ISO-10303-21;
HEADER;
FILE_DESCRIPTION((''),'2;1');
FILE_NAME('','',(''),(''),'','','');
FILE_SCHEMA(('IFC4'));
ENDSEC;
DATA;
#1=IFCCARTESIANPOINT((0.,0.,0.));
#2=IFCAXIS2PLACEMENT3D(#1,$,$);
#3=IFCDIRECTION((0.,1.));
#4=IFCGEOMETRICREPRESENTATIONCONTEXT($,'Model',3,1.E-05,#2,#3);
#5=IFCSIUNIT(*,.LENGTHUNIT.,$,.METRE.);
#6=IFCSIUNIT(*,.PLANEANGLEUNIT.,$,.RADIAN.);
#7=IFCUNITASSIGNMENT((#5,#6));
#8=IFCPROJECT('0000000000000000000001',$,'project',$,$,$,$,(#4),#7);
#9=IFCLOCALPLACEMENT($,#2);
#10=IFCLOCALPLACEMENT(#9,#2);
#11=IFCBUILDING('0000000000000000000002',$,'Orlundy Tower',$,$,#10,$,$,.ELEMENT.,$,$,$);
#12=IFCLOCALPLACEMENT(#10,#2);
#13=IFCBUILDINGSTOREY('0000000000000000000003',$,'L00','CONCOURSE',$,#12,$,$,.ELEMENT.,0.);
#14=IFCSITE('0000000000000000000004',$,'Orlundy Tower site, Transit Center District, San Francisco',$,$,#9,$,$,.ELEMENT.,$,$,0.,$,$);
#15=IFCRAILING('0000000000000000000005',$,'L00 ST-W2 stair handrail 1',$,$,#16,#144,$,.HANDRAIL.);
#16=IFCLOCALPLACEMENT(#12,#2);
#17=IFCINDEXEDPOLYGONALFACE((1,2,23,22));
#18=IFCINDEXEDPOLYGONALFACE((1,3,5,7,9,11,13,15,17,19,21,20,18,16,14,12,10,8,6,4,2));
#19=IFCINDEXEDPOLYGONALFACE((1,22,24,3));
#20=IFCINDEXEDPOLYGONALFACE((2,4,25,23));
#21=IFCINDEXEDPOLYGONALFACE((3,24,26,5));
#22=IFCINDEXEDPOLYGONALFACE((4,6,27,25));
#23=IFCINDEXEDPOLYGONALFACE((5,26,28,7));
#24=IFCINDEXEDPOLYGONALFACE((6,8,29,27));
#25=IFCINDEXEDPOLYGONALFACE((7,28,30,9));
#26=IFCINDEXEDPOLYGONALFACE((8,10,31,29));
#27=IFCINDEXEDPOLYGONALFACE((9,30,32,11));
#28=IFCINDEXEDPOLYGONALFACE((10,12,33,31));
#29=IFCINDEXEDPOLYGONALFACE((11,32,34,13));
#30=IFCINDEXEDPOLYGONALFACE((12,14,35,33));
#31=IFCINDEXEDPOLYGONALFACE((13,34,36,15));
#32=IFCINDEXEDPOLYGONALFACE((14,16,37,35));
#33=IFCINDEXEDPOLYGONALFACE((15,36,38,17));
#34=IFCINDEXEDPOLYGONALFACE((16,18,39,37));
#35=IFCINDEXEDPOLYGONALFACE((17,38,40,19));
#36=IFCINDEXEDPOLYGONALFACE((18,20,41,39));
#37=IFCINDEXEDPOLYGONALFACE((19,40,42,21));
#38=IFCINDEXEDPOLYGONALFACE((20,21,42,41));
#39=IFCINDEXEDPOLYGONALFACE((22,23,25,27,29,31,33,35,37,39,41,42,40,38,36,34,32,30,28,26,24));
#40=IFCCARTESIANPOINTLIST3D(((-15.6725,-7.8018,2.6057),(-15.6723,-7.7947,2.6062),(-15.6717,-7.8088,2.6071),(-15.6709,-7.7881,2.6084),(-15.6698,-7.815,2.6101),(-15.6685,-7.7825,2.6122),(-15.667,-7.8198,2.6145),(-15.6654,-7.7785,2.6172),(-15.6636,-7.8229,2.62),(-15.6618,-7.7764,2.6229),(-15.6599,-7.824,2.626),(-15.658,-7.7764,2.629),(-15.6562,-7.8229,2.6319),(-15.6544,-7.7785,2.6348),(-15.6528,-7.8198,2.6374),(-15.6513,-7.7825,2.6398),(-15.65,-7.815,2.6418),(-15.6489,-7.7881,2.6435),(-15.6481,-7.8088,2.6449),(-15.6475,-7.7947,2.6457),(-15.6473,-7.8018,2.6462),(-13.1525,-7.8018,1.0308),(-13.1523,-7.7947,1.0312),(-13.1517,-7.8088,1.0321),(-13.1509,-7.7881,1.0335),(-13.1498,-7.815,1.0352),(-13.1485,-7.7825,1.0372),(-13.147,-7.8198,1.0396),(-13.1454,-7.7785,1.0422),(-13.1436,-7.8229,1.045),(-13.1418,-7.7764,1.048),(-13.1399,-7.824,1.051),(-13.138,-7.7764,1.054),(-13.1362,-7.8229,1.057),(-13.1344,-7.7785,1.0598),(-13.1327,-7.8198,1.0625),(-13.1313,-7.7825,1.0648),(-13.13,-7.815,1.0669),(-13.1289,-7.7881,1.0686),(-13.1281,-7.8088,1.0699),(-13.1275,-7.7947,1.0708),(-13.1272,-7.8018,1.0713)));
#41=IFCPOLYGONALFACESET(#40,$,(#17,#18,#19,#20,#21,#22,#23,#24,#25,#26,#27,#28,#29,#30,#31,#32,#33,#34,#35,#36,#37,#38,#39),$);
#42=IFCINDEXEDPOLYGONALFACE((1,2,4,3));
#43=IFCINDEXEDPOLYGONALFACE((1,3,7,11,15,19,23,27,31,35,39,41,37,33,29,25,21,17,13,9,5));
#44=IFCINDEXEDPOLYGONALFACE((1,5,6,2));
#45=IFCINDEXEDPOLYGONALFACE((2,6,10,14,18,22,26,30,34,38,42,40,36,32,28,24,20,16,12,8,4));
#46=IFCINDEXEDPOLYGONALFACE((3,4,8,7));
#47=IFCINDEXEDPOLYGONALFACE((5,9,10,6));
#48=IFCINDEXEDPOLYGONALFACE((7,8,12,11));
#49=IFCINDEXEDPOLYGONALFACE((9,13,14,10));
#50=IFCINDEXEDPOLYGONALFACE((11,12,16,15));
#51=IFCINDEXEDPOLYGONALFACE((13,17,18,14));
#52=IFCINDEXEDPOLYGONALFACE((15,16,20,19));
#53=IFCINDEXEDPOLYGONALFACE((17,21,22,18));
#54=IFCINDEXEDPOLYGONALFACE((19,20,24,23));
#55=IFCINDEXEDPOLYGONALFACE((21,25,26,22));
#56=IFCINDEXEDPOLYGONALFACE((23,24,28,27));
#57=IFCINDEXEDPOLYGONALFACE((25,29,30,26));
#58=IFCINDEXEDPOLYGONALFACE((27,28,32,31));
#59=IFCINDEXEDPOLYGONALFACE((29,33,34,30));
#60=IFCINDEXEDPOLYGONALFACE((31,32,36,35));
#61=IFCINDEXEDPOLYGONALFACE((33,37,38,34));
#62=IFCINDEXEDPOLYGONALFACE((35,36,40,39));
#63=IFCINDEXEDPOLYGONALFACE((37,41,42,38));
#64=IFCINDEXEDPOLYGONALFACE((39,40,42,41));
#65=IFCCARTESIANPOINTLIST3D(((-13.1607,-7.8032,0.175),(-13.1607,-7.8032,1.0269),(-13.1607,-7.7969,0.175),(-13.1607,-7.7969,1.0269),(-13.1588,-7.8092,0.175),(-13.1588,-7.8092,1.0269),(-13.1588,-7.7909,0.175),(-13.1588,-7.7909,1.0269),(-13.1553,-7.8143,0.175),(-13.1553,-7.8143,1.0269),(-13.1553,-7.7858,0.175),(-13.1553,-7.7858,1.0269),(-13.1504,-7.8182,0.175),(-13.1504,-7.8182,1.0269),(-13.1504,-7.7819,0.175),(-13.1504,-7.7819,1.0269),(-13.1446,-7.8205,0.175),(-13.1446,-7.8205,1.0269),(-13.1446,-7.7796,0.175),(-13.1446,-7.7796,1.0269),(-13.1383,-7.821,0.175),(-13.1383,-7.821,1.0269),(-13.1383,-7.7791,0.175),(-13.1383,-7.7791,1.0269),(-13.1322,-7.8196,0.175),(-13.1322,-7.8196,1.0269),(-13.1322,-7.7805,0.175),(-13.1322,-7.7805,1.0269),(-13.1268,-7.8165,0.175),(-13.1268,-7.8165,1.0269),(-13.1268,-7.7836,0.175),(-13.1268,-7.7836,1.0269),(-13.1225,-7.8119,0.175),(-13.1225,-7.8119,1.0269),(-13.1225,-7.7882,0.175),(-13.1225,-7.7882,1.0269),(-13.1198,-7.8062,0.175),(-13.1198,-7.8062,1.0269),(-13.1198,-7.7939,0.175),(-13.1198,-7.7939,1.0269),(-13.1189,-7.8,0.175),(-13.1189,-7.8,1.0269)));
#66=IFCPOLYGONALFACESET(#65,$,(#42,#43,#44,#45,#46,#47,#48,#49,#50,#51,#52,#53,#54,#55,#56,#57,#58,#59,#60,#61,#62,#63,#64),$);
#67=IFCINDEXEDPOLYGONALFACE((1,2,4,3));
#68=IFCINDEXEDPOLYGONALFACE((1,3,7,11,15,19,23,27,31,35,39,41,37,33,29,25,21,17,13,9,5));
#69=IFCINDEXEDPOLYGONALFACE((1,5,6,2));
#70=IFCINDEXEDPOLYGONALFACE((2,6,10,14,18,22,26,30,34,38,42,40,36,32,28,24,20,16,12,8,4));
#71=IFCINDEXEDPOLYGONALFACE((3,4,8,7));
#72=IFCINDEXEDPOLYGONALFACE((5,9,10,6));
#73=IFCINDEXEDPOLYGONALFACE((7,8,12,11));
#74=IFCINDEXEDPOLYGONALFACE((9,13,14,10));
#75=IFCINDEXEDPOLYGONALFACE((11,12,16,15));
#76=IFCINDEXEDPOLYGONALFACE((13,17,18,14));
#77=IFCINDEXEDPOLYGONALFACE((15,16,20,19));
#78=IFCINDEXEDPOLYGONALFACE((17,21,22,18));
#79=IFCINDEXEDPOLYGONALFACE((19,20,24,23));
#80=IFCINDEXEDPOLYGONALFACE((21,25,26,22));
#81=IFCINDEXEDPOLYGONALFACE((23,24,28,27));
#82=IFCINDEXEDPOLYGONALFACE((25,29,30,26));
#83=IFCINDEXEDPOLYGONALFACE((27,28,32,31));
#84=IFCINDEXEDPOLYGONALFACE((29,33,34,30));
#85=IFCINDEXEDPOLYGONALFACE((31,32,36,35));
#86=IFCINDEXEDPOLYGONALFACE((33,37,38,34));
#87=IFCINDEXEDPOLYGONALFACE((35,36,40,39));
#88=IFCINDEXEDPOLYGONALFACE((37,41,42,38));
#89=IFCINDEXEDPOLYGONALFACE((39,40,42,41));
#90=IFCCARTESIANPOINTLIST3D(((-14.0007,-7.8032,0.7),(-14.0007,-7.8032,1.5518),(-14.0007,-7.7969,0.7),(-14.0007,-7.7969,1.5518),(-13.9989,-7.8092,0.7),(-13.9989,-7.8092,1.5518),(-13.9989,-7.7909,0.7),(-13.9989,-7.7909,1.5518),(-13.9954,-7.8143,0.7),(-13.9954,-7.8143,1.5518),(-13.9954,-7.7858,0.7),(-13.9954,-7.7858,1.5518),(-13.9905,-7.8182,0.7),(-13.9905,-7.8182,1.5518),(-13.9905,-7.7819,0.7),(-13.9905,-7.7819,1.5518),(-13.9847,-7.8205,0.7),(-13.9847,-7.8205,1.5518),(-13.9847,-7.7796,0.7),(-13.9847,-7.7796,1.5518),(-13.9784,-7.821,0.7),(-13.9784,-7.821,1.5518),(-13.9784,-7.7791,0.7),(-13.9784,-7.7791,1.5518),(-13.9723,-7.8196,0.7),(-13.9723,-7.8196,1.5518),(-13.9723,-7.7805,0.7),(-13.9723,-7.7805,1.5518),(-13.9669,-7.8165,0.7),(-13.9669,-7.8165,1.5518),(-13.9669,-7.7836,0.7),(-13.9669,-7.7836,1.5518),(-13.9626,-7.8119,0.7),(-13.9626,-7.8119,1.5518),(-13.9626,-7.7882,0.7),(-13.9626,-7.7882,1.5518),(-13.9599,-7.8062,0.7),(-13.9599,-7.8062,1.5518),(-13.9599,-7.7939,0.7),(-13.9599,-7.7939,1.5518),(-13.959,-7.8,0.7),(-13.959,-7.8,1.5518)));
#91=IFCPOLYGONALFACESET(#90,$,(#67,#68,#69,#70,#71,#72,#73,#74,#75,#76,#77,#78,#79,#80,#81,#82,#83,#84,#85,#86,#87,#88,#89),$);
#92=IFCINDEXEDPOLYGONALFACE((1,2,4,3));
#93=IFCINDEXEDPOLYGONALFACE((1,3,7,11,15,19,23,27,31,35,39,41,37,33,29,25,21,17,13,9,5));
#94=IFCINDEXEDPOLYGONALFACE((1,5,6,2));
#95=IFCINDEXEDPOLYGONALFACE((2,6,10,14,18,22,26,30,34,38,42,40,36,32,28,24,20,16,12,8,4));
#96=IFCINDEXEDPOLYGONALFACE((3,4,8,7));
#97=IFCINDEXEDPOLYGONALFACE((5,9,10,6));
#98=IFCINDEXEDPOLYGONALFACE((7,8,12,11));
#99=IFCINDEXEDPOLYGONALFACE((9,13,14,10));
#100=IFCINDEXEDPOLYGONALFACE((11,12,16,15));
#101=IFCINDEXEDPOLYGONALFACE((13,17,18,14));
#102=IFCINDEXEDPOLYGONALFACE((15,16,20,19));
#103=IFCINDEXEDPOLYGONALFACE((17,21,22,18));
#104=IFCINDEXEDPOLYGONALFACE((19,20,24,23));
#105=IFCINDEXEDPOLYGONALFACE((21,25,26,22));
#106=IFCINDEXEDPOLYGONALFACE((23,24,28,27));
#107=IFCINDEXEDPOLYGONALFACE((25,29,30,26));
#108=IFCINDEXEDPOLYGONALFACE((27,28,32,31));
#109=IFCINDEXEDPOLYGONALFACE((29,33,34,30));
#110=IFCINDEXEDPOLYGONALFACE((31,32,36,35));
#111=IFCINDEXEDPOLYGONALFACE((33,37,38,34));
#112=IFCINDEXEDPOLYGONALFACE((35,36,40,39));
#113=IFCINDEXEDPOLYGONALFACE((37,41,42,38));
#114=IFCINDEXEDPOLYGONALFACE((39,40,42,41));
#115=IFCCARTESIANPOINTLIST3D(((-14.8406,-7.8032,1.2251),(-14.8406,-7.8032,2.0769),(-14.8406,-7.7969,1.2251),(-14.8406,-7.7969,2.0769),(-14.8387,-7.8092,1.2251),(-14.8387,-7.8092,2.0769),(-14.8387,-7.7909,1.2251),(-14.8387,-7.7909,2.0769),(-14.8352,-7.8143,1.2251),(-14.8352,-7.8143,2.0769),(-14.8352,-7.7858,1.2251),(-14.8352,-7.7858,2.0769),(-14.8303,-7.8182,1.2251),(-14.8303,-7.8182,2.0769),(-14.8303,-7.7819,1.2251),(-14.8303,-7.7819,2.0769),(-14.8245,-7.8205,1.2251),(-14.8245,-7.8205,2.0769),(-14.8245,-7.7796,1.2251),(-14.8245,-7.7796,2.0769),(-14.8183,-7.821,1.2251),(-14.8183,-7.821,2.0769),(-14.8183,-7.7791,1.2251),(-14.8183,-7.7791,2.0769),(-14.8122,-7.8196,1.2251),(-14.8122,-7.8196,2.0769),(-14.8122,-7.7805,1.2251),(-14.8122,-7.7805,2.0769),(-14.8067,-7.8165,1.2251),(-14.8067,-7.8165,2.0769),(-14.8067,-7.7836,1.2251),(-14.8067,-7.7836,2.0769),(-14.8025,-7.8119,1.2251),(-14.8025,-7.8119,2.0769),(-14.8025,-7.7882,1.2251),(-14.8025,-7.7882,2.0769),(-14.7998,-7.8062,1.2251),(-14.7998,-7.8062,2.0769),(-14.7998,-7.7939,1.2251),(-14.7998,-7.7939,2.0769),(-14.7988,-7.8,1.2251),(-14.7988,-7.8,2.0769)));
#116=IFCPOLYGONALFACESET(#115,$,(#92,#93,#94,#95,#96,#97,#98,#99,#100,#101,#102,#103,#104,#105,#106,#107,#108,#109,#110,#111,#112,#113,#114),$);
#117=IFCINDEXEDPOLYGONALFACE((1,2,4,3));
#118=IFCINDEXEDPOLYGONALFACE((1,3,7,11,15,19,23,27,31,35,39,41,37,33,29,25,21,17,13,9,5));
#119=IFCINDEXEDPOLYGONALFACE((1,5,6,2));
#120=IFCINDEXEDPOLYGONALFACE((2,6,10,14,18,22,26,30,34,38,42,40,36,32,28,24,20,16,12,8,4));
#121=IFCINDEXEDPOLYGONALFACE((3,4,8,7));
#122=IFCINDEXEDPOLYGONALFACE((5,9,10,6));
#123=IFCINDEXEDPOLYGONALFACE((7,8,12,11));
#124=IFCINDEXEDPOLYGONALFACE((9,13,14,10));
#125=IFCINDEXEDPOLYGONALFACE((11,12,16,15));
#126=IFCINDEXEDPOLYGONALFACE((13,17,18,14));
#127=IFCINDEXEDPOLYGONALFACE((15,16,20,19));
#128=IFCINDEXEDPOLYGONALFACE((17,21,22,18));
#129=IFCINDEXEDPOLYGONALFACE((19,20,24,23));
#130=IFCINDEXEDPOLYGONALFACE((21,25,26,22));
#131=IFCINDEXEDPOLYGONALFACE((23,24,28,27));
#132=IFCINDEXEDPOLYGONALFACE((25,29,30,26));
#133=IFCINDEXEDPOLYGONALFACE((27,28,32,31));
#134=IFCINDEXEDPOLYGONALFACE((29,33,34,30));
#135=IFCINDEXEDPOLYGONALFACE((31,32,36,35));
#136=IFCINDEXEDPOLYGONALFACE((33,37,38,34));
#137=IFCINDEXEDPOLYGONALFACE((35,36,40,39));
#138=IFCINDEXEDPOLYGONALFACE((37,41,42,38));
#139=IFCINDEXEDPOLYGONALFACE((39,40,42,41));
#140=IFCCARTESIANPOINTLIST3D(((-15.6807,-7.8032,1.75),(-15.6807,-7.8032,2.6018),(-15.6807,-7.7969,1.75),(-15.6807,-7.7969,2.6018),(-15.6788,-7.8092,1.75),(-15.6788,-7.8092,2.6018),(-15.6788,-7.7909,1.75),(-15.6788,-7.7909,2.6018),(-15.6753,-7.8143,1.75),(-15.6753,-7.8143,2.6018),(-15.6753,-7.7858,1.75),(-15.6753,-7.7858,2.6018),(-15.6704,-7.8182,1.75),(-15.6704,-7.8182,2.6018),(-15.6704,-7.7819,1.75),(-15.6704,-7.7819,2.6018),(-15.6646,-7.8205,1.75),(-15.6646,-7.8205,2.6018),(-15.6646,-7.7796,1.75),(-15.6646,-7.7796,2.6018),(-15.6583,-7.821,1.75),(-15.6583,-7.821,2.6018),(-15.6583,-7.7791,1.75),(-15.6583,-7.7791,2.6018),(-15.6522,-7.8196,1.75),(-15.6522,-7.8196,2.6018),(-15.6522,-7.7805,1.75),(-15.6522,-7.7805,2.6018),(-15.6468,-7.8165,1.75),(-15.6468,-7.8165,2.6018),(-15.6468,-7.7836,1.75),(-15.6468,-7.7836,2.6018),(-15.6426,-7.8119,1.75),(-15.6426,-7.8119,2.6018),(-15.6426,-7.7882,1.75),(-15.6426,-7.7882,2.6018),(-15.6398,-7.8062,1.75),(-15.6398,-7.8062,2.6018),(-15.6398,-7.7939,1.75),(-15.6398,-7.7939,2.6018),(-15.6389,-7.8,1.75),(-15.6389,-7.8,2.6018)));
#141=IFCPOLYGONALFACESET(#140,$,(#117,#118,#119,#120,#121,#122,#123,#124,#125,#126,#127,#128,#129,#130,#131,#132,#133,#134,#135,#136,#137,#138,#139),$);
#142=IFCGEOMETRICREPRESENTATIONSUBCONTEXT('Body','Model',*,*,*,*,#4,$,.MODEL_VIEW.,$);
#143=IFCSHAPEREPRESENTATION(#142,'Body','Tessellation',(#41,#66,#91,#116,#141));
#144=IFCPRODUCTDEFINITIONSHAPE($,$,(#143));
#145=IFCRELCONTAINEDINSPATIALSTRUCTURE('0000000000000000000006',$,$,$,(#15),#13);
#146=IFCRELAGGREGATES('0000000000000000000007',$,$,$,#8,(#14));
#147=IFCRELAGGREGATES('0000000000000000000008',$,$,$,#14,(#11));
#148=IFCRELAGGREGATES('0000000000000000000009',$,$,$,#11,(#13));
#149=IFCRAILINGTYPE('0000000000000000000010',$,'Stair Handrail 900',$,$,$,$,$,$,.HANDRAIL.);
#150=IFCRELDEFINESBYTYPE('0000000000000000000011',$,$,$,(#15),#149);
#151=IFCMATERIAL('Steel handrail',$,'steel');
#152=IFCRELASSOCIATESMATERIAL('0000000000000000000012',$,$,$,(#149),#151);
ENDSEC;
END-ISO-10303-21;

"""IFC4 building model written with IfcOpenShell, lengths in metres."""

from ifc_helpers import new_model, si_unit, direction, frame, origin, origin_2d, place, context, subcontext, project, spatial, circle, extrude, material, type_object, element, save


model = new_model("IFC4")

# Units and contexts
model_context = context("Model", 3, precision=1e-05, world=origin(), true_north=direction((0.0, 1.0)))
body_context = subcontext(model_context, "Body", "Model", "MODEL_VIEW")
ifc_project = project(units=[si_unit("LENGTHUNIT", "METRE"), si_unit("PLANEANGLEUNIT", "RADIAN")], contexts=[model_context])

# Site, building, storey
site_placement = place(None, origin())
site = spatial("IfcSite", under=ifc_project, at=site_placement, Name="Orlundy Tower site, Transit Center District, San Francisco", CompositionType="ELEMENT", RefElevation=0.0)
building_placement = place(site_placement, origin())
building = spatial("IfcBuilding", under=site, at=building_placement, Name="Orlundy Tower", CompositionType="ELEMENT")
storey_placement = place(building_placement, origin())
storey = spatial("IfcBuildingStorey", under=building, at=storey_placement, Name="L00", Description="CONCOURSE", CompositionType="ELEMENT", Elevation=0.0)

# Railing
ifc_material_1 = material(Name="Steel handrail", Category="steel")
railing_type_1 = type_object("IfcRailingType", Name="Stair Handrail 900", PredefinedType="HANDRAIL", material=ifc_material_1)
for number, where, name in (
    (1, (-13.1399, -7.8, 0.175), "L00 ST-W2 stair handrail 1"),
):
    element("IfcRailing", number, at=place(storey_placement, frame(where)), inside=storey, type_object=railing_type_1, Name=name, PredefinedType="HANDRAIL", context=body_context, shape_type="SweptSolid", body=[
        extrude(circle(Radius=0.0239, at=origin_2d()), frame((0.0, 0.0, 0.876), z_axis=(-0.848008, 0.0, 0.529984), x_axis=(0.0, -1.0, 0.0)), (0.0, 0.0, 1.0), 2.9717),
        extrude(circle(Radius=0.021, at=origin_2d()), origin(), (0.0, 0.0, 1.0), 0.8518),
        extrude(circle(Radius=0.021, at=origin_2d()), frame((-0.8401, 0.0, 0.5249)), (0.0, 0.0, 1.0), 0.8518),
        extrude(circle(Radius=0.021, at=origin_2d()), frame((-1.6799, 0.0, 1.05)), (0.0, 0.0, 1.0), 0.8518),
        extrude(circle(Radius=0.021, at=origin_2d()), frame((-2.52, 0.0, 1.575)), (0.0, 0.0, 1.0), 0.8518),
    ])

save(model, "model.ifc")
